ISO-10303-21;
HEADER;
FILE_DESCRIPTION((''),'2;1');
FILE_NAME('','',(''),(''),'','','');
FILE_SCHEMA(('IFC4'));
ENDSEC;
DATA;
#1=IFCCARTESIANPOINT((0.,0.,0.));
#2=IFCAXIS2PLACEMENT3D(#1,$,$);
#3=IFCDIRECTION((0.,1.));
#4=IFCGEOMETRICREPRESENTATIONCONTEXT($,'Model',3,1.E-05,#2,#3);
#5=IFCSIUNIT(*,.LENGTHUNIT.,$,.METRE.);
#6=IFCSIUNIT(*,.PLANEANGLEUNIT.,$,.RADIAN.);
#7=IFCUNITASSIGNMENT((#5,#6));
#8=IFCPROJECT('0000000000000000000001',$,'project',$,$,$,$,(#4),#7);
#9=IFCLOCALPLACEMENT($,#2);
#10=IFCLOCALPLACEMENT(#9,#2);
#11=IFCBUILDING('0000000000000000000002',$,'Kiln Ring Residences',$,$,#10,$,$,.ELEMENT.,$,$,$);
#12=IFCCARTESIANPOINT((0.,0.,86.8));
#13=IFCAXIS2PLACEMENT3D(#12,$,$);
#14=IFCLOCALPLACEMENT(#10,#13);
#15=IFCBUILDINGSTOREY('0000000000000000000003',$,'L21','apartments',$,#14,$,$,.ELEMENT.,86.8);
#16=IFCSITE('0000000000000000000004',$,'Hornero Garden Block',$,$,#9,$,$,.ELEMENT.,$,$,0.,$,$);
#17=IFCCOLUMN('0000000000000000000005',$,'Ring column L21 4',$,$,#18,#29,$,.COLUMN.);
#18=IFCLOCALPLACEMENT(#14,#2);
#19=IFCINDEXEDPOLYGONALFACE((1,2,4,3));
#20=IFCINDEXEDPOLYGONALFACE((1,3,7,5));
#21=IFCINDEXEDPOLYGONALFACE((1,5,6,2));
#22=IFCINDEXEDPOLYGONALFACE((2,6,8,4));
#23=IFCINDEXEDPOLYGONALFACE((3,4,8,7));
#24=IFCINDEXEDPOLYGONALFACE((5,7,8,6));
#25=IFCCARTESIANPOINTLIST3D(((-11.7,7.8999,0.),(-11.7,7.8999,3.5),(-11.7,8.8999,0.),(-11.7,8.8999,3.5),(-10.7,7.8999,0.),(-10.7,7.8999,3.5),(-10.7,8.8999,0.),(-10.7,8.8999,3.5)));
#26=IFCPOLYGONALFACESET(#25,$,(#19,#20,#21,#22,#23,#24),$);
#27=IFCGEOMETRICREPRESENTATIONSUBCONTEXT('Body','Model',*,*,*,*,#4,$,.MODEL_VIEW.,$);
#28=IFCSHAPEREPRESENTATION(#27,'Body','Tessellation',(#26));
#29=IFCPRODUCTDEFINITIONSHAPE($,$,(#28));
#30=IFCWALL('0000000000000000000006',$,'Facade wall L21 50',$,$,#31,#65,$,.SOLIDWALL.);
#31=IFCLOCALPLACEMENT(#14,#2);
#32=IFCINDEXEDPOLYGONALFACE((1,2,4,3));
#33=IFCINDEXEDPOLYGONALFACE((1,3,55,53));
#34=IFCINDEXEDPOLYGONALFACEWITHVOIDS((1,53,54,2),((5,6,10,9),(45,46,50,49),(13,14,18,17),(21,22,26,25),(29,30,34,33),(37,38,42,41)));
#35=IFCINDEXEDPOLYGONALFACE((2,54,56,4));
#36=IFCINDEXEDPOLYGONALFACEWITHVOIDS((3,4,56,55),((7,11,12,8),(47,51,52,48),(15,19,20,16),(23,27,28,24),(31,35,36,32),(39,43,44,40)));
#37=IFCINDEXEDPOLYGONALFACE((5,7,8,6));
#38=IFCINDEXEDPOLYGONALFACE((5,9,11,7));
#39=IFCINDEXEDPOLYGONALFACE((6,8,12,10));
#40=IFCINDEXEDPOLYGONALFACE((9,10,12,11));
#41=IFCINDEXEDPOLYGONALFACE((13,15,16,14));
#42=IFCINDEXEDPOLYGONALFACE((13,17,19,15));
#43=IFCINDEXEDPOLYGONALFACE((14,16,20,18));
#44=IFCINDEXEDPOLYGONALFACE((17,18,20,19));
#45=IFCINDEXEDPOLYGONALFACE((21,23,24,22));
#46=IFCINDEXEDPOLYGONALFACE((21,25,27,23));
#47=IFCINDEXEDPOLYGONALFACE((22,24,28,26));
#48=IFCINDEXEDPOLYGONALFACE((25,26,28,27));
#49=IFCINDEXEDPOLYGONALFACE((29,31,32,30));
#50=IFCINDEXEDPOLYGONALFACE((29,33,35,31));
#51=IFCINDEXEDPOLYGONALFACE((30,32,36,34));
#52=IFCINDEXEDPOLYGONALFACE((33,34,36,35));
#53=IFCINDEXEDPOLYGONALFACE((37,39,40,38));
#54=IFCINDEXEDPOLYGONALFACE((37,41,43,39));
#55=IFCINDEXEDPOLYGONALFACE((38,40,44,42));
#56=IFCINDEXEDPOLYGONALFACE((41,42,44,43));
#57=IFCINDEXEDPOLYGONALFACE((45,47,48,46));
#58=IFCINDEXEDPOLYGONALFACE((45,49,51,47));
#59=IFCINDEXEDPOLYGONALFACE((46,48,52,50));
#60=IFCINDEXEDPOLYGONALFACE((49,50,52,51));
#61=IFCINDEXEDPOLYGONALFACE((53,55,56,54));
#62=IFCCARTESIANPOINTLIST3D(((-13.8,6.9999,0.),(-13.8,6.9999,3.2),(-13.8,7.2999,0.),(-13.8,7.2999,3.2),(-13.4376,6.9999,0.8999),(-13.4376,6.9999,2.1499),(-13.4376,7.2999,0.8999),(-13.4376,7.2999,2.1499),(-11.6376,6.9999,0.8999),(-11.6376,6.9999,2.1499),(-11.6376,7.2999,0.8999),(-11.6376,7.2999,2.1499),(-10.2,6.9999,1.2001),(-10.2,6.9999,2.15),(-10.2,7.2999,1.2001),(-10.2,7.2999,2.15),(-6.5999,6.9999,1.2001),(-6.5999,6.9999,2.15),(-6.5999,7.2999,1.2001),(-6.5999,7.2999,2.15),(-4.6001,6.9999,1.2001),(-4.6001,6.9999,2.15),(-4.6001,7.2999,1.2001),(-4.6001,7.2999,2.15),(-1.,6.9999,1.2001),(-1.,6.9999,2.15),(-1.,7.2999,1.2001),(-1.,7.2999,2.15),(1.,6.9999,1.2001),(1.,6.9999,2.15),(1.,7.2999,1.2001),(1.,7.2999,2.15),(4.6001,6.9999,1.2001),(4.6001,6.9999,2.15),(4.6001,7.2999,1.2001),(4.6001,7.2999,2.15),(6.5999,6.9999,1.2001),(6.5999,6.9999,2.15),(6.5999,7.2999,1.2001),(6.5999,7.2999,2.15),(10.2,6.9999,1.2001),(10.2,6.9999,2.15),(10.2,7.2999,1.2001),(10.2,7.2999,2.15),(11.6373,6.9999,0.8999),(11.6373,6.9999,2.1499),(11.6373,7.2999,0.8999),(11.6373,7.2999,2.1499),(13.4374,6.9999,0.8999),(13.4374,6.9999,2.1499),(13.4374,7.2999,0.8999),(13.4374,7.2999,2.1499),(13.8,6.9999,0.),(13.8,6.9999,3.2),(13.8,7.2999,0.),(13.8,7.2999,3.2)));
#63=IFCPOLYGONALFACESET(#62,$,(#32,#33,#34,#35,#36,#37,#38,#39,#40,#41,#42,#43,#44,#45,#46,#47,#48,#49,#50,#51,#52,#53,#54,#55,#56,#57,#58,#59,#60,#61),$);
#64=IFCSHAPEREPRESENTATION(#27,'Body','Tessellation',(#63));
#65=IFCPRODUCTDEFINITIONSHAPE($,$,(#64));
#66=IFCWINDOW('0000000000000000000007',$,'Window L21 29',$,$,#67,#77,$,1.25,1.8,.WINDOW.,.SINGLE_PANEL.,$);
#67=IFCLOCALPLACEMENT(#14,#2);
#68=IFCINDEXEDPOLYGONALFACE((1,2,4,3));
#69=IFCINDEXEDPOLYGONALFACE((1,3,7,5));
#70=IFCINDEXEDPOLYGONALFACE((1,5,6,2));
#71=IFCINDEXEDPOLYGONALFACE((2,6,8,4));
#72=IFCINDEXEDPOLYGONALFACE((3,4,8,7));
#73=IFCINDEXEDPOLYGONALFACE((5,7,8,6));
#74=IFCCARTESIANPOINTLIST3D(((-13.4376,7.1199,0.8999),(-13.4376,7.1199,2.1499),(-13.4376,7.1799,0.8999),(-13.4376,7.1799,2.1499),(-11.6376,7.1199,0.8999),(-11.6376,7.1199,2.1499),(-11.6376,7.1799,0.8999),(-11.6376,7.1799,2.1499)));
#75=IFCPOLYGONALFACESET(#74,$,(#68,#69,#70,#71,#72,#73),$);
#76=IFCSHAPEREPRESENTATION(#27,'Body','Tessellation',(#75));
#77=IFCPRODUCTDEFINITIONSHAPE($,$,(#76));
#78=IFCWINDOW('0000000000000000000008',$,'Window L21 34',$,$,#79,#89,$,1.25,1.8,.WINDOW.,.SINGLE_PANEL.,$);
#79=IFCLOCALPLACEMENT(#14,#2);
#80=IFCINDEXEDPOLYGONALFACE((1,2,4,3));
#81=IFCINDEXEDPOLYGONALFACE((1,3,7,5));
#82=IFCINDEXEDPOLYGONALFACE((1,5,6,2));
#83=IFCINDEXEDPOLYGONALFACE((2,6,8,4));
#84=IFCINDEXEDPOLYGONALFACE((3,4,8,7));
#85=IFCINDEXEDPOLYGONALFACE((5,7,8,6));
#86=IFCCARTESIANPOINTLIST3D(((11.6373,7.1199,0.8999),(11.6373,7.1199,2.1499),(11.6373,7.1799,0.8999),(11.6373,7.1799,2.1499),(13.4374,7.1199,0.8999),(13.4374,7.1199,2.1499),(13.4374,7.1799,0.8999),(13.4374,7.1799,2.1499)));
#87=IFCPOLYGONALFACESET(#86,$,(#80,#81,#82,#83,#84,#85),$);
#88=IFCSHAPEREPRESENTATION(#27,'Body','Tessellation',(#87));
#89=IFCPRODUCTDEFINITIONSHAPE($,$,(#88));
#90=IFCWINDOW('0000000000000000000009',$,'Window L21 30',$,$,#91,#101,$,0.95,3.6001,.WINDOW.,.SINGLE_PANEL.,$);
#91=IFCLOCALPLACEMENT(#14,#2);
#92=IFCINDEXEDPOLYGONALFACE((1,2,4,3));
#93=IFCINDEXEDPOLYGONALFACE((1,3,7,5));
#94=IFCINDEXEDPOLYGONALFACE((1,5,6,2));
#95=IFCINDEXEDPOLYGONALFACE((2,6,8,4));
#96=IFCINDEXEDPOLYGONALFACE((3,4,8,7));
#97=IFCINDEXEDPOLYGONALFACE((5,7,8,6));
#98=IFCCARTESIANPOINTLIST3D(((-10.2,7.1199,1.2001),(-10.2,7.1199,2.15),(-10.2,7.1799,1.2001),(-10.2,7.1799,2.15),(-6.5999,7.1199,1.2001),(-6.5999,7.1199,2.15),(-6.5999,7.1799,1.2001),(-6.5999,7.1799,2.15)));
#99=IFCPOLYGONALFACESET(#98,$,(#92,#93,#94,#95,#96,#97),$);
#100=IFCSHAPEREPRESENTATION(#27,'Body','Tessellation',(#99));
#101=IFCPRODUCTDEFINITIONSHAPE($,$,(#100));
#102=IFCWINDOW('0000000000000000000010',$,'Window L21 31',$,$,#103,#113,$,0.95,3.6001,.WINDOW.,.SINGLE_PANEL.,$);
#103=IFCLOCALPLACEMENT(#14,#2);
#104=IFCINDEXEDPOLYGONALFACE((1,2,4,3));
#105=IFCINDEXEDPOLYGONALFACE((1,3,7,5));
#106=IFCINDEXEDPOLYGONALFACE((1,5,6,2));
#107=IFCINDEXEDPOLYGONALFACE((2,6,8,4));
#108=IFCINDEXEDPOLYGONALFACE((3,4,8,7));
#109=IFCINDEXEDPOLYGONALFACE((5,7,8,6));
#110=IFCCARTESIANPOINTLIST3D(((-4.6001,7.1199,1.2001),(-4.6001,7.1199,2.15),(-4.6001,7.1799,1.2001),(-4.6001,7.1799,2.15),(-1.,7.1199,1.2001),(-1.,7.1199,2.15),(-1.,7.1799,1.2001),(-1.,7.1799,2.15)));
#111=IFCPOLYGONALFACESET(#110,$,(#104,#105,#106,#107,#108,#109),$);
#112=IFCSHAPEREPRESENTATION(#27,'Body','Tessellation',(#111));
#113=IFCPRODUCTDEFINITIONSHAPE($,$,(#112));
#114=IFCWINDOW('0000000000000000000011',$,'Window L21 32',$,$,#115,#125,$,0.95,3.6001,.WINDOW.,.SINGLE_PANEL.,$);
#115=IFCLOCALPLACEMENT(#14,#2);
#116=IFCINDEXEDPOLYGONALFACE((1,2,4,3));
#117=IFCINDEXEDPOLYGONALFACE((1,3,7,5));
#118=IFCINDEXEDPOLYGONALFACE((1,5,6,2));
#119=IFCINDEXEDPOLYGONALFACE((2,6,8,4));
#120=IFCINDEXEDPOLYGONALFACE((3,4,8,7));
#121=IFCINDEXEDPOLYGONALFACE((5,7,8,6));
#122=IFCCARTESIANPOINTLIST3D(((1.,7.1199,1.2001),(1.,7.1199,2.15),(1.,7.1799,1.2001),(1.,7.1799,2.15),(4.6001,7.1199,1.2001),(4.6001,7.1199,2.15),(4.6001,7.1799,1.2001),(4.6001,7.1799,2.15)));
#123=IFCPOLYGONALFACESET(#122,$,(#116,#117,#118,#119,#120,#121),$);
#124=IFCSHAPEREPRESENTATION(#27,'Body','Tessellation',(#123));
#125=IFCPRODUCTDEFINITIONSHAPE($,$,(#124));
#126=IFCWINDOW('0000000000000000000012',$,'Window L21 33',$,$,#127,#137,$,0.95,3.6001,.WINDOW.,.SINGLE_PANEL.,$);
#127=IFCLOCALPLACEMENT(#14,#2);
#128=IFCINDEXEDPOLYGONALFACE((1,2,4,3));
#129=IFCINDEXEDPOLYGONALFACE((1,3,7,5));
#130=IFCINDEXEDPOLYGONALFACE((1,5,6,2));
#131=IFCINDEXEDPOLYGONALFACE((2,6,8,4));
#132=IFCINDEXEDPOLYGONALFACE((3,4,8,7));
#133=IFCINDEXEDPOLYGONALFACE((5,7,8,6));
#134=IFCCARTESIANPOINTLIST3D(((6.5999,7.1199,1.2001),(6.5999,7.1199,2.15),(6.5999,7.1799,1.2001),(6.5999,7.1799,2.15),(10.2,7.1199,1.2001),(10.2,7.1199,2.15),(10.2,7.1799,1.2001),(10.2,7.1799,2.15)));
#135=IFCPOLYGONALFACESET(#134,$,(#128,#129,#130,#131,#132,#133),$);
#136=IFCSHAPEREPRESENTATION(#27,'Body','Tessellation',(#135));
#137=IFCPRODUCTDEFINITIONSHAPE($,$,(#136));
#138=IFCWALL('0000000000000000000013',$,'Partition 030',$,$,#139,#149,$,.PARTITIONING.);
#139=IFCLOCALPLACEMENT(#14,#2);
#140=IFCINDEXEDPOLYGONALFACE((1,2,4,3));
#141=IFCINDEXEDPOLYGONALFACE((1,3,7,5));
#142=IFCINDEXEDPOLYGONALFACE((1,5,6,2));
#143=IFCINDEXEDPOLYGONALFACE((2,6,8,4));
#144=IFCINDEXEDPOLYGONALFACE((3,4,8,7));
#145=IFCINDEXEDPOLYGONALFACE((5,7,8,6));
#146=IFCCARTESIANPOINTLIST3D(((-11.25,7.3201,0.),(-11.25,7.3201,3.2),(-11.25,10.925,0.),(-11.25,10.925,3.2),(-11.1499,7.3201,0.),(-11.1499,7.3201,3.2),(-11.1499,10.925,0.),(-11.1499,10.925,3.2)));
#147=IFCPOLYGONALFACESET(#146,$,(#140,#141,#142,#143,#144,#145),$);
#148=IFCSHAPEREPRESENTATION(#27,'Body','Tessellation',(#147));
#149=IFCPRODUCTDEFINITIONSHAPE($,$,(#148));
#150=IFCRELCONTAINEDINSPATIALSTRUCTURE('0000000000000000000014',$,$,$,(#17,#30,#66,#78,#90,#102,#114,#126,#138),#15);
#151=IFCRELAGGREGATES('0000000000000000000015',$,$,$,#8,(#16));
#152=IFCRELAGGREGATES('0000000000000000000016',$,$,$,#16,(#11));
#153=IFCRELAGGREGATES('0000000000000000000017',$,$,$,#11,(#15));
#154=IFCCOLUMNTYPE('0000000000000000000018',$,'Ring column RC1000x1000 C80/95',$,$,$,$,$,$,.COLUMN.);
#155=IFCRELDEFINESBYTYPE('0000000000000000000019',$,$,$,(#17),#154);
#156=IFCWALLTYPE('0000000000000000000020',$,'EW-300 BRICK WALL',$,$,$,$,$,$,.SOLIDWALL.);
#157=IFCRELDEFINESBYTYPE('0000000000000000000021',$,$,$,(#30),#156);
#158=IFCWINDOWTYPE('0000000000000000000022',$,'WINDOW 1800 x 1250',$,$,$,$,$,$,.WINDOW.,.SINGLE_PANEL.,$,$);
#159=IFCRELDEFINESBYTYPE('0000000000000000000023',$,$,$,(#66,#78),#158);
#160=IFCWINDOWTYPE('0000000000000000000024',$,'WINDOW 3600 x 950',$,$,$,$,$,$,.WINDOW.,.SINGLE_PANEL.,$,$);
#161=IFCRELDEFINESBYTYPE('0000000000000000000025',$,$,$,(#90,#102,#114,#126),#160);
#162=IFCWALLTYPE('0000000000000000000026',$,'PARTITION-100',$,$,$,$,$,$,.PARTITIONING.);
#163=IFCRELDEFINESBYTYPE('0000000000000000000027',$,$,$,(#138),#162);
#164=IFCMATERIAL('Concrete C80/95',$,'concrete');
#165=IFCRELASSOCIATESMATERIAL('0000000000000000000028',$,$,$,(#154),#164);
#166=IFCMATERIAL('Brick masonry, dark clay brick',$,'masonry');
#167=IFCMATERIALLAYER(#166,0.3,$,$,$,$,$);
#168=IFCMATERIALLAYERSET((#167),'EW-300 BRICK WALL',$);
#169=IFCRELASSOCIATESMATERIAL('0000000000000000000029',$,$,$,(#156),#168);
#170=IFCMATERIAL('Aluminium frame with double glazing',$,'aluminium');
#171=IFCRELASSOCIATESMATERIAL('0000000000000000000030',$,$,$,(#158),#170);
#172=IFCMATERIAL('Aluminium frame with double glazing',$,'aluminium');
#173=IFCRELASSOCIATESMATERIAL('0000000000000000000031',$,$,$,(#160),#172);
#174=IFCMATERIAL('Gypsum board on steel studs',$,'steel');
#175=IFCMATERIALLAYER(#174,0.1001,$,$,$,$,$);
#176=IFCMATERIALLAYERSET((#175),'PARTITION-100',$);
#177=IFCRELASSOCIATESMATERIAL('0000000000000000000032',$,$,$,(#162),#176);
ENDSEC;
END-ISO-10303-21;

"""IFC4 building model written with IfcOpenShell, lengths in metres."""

from ifc_helpers import new_model, si_unit, direction, frame, frame_2d, origin, origin_2d, place, context, subcontext, project, spatial, rectangle, extrude, material, layer, layer_set, material_profile, profile_set, type_object, element, fill, save


model = new_model("IFC4")

# Units and contexts
model_context = context("Model", 3, precision=1e-05, world=origin(), true_north=direction((0.0, 1.0)))
body_context = subcontext(model_context, "Body", "Model", "MODEL_VIEW")
ifc_project = project(units=[si_unit("LENGTHUNIT", "METRE"), si_unit("PLANEANGLEUNIT", "RADIAN")], contexts=[model_context])

# Site, building, storey
site_placement = place(None, origin())
site = spatial("IfcSite", under=ifc_project, at=site_placement, Name="Hornero Garden Block", CompositionType="ELEMENT", RefElevation=0.0)
building_placement = place(site_placement, origin())
building = spatial("IfcBuilding", under=site, at=building_placement, Name="Kiln Ring Residences", CompositionType="ELEMENT")
storey_placement = place(building_placement, frame((0.0, 0.0, 86.8)))
storey = spatial("IfcBuildingStorey", under=building, at=storey_placement, Name="L21", Description="apartments", CompositionType="ELEMENT", Elevation=86.8)

# Column
ifc_material_1 = material(Name="Concrete C80/95", Category="concrete")
ifc_material_profile = material_profile(ifc_material_1, rectangle(XDim=1.0, YDim=1.0, at=origin_2d()), Name="RC1000x1000")
ifc_profile_set = profile_set([ifc_material_profile], Name="Concrete C80/95")
column_type = type_object("IfcColumnType", Name="Ring column RC1000x1000 C80/95", PredefinedType="COLUMN", material=ifc_profile_set)
column_placement = place(storey_placement, frame((-11.2, 8.3999, 0.0), z_axis=(0.0, 0.0, 1.0), x_axis=(1.0, 0.0, 0.0)))
element("IfcColumn", 1, at=column_placement, inside=storey, type_object=column_type, Name="Ring column L21 4", PredefinedType="COLUMN", context=body_context, shape_type="SweptSolid", body=[
    extrude(rectangle(XDim=1.0, YDim=1.0, at=origin_2d()), origin(), (0.0, 0.0, 1.0), 3.5),
])

# Wall, openings, windows
ifc_material_2 = material(Name="Brick masonry, dark clay brick", Category="masonry")
ifc_layer_1 = layer(ifc_material_2, 0.3)
ifc_layer_set_1 = layer_set([ifc_layer_1], Name="EW-300 BRICK WALL")
wall_type_1 = type_object("IfcWallType", Name="EW-300 BRICK WALL", PredefinedType="SOLIDWALL", material=ifc_layer_set_1)
wall_1_placement = place(storey_placement, frame((-13.8, 7.1499, 0.0), z_axis=(0.0, 0.0, 1.0), x_axis=(1.0, 0.0, 0.0)))
wall_1 = element("IfcWall", 2, at=wall_1_placement, inside=storey, type_object=wall_type_1, Name="Facade wall L21 50", PredefinedType="SOLIDWALL", context=body_context, shape_type="SweptSolid", body=[
    extrude(rectangle(XDim=27.6001, YDim=0.3, at=frame_2d((13.8, 0.0))), origin(), (0.0, 0.0, 1.0), 3.2),
])
opening_1_placement = place(wall_1_placement, frame((0.3625, 0.0, 0.8999)))
opening_1 = element("IfcOpeningElement", 3, at=opening_1_placement, cuts=wall_1, PredefinedType="OPENING", context=body_context, shape_type="SweptSolid", body=[
    extrude(rectangle(XDim=1.8, YDim=1.25, at=frame_2d((0.8999, 0.625))), frame((0.0, 0.1599, 0.0), z_axis=(0.0, -1.0, 0.0), x_axis=(1.0, 0.0, 0.0)), (0.0, 0.0, 1.0), 0.3201),
])
opening_2_placement = place(wall_1_placement, frame((3.6001, 0.0, 1.2)))
opening_2 = element("IfcOpeningElement", 4, at=opening_2_placement, cuts=wall_1, PredefinedType="OPENING", context=body_context, shape_type="SweptSolid", body=[
    extrude(rectangle(XDim=3.6001, YDim=0.95, at=frame_2d((1.8, 0.4751))), frame((0.0, 0.1599, 0.0), z_axis=(0.0, -1.0, 0.0), x_axis=(1.0, 0.0, 0.0)), (0.0, 0.0, 1.0), 0.3201),
])
opening_3_placement = place(wall_1_placement, frame((9.2, 0.0, 1.2)))
opening_3 = element("IfcOpeningElement", 5, at=opening_3_placement, cuts=wall_1, PredefinedType="OPENING", context=body_context, shape_type="SweptSolid", body=[
    extrude(rectangle(XDim=3.6001, YDim=0.95, at=frame_2d((1.8, 0.4751))), frame((0.0, 0.1599, 0.0), z_axis=(0.0, -1.0, 0.0), x_axis=(1.0, 0.0, 0.0)), (0.0, 0.0, 1.0), 0.3201),
])
opening_4_placement = place(wall_1_placement, frame((14.8, 0.0, 1.2)))
opening_4 = element("IfcOpeningElement", 6, at=opening_4_placement, cuts=wall_1, PredefinedType="OPENING", context=body_context, shape_type="SweptSolid", body=[
    extrude(rectangle(XDim=3.6001, YDim=0.95, at=frame_2d((1.8, 0.4751))), frame((0.0, 0.1599, 0.0), z_axis=(0.0, -1.0, 0.0), x_axis=(1.0, 0.0, 0.0)), (0.0, 0.0, 1.0), 0.3201),
])
opening_5_placement = place(wall_1_placement, frame((20.3999, 0.0, 1.2)))
opening_5 = element("IfcOpeningElement", 7, at=opening_5_placement, cuts=wall_1, PredefinedType="OPENING", context=body_context, shape_type="SweptSolid", body=[
    extrude(rectangle(XDim=3.6001, YDim=0.95, at=frame_2d((1.8, 0.4751))), frame((0.0, 0.1599, 0.0), z_axis=(0.0, -1.0, 0.0), x_axis=(1.0, 0.0, 0.0)), (0.0, 0.0, 1.0), 0.3201),
])
opening_6_placement = place(wall_1_placement, frame((25.4375, 0.0, 0.8999)))
opening_6 = element("IfcOpeningElement", 8, at=opening_6_placement, cuts=wall_1, PredefinedType="OPENING", context=body_context, shape_type="SweptSolid", body=[
    extrude(rectangle(XDim=1.8, YDim=1.25, at=frame_2d((0.8999, 0.625))), frame((0.0, 0.1599, 0.0), z_axis=(0.0, -1.0, 0.0), x_axis=(1.0, 0.0, 0.0)), (0.0, 0.0, 1.0), 0.3201),
])
ifc_material_3 = material(Name="Aluminium frame with double glazing", Category="aluminium")
window_type_1 = type_object("IfcWindowType", Name="WINDOW 1800 x 1250", PartitioningType="SINGLE_PANEL", PredefinedType="WINDOW", material=ifc_material_3)
window_1_placement = place(opening_1_placement, origin())
window_1 = element("IfcWindow", 9, at=window_1_placement, inside=storey, type_object=window_type_1, Name="Window L21 29", OverallHeight=1.25, OverallWidth=1.8, PartitioningType="SINGLE_PANEL", PredefinedType="WINDOW", context=body_context, shape_type="SweptSolid", body=[
    extrude(rectangle(XDim=1.8, YDim=1.25, at=frame_2d((0.8999, 0.625))), frame((0.0, 0.03, 0.0), z_axis=(0.0, -1.0, 0.0), x_axis=(1.0, 0.0, 0.0)), (0.0, 0.0, 1.0), 0.0601),
])
fill(opening_1, window_1)
window_2_placement = place(opening_6_placement, origin())
window_2 = element("IfcWindow", 10, at=window_2_placement, inside=storey, type_object=window_type_1, Name="Window L21 34", OverallHeight=1.25, OverallWidth=1.8, PartitioningType="SINGLE_PANEL", PredefinedType="WINDOW", context=body_context, shape_type="SweptSolid", body=[
    extrude(rectangle(XDim=1.8, YDim=1.25, at=frame_2d((0.8999, 0.625))), frame((0.0, 0.03, 0.0), z_axis=(0.0, -1.0, 0.0), x_axis=(1.0, 0.0, 0.0)), (0.0, 0.0, 1.0), 0.0601),
])
fill(opening_6, window_2)
ifc_material_4 = material(Name="Aluminium frame with double glazing", Category="aluminium")
window_type_2 = type_object("IfcWindowType", Name="WINDOW 3600 x 950", PartitioningType="SINGLE_PANEL", PredefinedType="WINDOW", material=ifc_material_4)
window_3_placement = place(opening_2_placement, origin())
window_3 = element("IfcWindow", 11, at=window_3_placement, inside=storey, type_object=window_type_2, Name="Window L21 30", OverallHeight=0.95, OverallWidth=3.6001, PartitioningType="SINGLE_PANEL", PredefinedType="WINDOW", context=body_context, shape_type="SweptSolid", body=[
    extrude(rectangle(XDim=3.6001, YDim=0.95, at=frame_2d((1.8, 0.4751))), frame((0.0, 0.03, 0.0), z_axis=(0.0, -1.0, 0.0), x_axis=(1.0, 0.0, 0.0)), (0.0, 0.0, 1.0), 0.0601),
])
fill(opening_2, window_3)
window_4_placement = place(opening_3_placement, origin())
window_4 = element("IfcWindow", 12, at=window_4_placement, inside=storey, type_object=window_type_2, Name="Window L21 31", OverallHeight=0.95, OverallWidth=3.6001, PartitioningType="SINGLE_PANEL", PredefinedType="WINDOW", context=body_context, shape_type="SweptSolid", body=[
    extrude(rectangle(XDim=3.6001, YDim=0.95, at=frame_2d((1.8, 0.4751))), frame((0.0, 0.03, 0.0), z_axis=(0.0, -1.0, 0.0), x_axis=(1.0, 0.0, 0.0)), (0.0, 0.0, 1.0), 0.0601),
])
fill(opening_3, window_4)
window_5_placement = place(opening_4_placement, origin())
window_5 = element("IfcWindow", 13, at=window_5_placement, inside=storey, type_object=window_type_2, Name="Window L21 32", OverallHeight=0.95, OverallWidth=3.6001, PartitioningType="SINGLE_PANEL", PredefinedType="WINDOW", context=body_context, shape_type="SweptSolid", body=[
    extrude(rectangle(XDim=3.6001, YDim=0.95, at=frame_2d((1.8, 0.4751))), frame((0.0, 0.03, 0.0), z_axis=(0.0, -1.0, 0.0), x_axis=(1.0, 0.0, 0.0)), (0.0, 0.0, 1.0), 0.0601),
])
fill(opening_4, window_5)
window_6_placement = place(opening_5_placement, origin())
window_6 = element("IfcWindow", 14, at=window_6_placement, inside=storey, type_object=window_type_2, Name="Window L21 33", OverallHeight=0.95, OverallWidth=3.6001, PartitioningType="SINGLE_PANEL", PredefinedType="WINDOW", context=body_context, shape_type="SweptSolid", body=[
    extrude(rectangle(XDim=3.6001, YDim=0.95, at=frame_2d((1.8, 0.4751))), frame((0.0, 0.03, 0.0), z_axis=(0.0, -1.0, 0.0), x_axis=(1.0, 0.0, 0.0)), (0.0, 0.0, 1.0), 0.0601),
])
fill(opening_5, window_6)

# Wall
ifc_material_5 = material(Name="Gypsum board on steel studs", Category="steel")
ifc_layer_2 = layer(ifc_material_5, 0.1001)
ifc_layer_set_2 = layer_set([ifc_layer_2], Name="PARTITION-100")
wall_type_2 = type_object("IfcWallType", Name="PARTITION-100", PredefinedType="PARTITIONING", material=ifc_layer_set_2)
wall_2_placement = place(storey_placement, frame((-11.2, 7.3201, 0.0), z_axis=(0.0, 0.0, 1.0), x_axis=(0.0, 1.0, 0.0)))
element("IfcWall", 15, at=wall_2_placement, inside=storey, type_object=wall_type_2, Name="Partition 030", PredefinedType="PARTITIONING", context=body_context, shape_type="SweptSolid", body=[
    extrude(rectangle(XDim=3.605, YDim=0.1001, at=frame_2d((1.8025, 0.0))), origin(), (0.0, 0.0, 1.0), 3.2),
])

save(model, "model.ifc")
